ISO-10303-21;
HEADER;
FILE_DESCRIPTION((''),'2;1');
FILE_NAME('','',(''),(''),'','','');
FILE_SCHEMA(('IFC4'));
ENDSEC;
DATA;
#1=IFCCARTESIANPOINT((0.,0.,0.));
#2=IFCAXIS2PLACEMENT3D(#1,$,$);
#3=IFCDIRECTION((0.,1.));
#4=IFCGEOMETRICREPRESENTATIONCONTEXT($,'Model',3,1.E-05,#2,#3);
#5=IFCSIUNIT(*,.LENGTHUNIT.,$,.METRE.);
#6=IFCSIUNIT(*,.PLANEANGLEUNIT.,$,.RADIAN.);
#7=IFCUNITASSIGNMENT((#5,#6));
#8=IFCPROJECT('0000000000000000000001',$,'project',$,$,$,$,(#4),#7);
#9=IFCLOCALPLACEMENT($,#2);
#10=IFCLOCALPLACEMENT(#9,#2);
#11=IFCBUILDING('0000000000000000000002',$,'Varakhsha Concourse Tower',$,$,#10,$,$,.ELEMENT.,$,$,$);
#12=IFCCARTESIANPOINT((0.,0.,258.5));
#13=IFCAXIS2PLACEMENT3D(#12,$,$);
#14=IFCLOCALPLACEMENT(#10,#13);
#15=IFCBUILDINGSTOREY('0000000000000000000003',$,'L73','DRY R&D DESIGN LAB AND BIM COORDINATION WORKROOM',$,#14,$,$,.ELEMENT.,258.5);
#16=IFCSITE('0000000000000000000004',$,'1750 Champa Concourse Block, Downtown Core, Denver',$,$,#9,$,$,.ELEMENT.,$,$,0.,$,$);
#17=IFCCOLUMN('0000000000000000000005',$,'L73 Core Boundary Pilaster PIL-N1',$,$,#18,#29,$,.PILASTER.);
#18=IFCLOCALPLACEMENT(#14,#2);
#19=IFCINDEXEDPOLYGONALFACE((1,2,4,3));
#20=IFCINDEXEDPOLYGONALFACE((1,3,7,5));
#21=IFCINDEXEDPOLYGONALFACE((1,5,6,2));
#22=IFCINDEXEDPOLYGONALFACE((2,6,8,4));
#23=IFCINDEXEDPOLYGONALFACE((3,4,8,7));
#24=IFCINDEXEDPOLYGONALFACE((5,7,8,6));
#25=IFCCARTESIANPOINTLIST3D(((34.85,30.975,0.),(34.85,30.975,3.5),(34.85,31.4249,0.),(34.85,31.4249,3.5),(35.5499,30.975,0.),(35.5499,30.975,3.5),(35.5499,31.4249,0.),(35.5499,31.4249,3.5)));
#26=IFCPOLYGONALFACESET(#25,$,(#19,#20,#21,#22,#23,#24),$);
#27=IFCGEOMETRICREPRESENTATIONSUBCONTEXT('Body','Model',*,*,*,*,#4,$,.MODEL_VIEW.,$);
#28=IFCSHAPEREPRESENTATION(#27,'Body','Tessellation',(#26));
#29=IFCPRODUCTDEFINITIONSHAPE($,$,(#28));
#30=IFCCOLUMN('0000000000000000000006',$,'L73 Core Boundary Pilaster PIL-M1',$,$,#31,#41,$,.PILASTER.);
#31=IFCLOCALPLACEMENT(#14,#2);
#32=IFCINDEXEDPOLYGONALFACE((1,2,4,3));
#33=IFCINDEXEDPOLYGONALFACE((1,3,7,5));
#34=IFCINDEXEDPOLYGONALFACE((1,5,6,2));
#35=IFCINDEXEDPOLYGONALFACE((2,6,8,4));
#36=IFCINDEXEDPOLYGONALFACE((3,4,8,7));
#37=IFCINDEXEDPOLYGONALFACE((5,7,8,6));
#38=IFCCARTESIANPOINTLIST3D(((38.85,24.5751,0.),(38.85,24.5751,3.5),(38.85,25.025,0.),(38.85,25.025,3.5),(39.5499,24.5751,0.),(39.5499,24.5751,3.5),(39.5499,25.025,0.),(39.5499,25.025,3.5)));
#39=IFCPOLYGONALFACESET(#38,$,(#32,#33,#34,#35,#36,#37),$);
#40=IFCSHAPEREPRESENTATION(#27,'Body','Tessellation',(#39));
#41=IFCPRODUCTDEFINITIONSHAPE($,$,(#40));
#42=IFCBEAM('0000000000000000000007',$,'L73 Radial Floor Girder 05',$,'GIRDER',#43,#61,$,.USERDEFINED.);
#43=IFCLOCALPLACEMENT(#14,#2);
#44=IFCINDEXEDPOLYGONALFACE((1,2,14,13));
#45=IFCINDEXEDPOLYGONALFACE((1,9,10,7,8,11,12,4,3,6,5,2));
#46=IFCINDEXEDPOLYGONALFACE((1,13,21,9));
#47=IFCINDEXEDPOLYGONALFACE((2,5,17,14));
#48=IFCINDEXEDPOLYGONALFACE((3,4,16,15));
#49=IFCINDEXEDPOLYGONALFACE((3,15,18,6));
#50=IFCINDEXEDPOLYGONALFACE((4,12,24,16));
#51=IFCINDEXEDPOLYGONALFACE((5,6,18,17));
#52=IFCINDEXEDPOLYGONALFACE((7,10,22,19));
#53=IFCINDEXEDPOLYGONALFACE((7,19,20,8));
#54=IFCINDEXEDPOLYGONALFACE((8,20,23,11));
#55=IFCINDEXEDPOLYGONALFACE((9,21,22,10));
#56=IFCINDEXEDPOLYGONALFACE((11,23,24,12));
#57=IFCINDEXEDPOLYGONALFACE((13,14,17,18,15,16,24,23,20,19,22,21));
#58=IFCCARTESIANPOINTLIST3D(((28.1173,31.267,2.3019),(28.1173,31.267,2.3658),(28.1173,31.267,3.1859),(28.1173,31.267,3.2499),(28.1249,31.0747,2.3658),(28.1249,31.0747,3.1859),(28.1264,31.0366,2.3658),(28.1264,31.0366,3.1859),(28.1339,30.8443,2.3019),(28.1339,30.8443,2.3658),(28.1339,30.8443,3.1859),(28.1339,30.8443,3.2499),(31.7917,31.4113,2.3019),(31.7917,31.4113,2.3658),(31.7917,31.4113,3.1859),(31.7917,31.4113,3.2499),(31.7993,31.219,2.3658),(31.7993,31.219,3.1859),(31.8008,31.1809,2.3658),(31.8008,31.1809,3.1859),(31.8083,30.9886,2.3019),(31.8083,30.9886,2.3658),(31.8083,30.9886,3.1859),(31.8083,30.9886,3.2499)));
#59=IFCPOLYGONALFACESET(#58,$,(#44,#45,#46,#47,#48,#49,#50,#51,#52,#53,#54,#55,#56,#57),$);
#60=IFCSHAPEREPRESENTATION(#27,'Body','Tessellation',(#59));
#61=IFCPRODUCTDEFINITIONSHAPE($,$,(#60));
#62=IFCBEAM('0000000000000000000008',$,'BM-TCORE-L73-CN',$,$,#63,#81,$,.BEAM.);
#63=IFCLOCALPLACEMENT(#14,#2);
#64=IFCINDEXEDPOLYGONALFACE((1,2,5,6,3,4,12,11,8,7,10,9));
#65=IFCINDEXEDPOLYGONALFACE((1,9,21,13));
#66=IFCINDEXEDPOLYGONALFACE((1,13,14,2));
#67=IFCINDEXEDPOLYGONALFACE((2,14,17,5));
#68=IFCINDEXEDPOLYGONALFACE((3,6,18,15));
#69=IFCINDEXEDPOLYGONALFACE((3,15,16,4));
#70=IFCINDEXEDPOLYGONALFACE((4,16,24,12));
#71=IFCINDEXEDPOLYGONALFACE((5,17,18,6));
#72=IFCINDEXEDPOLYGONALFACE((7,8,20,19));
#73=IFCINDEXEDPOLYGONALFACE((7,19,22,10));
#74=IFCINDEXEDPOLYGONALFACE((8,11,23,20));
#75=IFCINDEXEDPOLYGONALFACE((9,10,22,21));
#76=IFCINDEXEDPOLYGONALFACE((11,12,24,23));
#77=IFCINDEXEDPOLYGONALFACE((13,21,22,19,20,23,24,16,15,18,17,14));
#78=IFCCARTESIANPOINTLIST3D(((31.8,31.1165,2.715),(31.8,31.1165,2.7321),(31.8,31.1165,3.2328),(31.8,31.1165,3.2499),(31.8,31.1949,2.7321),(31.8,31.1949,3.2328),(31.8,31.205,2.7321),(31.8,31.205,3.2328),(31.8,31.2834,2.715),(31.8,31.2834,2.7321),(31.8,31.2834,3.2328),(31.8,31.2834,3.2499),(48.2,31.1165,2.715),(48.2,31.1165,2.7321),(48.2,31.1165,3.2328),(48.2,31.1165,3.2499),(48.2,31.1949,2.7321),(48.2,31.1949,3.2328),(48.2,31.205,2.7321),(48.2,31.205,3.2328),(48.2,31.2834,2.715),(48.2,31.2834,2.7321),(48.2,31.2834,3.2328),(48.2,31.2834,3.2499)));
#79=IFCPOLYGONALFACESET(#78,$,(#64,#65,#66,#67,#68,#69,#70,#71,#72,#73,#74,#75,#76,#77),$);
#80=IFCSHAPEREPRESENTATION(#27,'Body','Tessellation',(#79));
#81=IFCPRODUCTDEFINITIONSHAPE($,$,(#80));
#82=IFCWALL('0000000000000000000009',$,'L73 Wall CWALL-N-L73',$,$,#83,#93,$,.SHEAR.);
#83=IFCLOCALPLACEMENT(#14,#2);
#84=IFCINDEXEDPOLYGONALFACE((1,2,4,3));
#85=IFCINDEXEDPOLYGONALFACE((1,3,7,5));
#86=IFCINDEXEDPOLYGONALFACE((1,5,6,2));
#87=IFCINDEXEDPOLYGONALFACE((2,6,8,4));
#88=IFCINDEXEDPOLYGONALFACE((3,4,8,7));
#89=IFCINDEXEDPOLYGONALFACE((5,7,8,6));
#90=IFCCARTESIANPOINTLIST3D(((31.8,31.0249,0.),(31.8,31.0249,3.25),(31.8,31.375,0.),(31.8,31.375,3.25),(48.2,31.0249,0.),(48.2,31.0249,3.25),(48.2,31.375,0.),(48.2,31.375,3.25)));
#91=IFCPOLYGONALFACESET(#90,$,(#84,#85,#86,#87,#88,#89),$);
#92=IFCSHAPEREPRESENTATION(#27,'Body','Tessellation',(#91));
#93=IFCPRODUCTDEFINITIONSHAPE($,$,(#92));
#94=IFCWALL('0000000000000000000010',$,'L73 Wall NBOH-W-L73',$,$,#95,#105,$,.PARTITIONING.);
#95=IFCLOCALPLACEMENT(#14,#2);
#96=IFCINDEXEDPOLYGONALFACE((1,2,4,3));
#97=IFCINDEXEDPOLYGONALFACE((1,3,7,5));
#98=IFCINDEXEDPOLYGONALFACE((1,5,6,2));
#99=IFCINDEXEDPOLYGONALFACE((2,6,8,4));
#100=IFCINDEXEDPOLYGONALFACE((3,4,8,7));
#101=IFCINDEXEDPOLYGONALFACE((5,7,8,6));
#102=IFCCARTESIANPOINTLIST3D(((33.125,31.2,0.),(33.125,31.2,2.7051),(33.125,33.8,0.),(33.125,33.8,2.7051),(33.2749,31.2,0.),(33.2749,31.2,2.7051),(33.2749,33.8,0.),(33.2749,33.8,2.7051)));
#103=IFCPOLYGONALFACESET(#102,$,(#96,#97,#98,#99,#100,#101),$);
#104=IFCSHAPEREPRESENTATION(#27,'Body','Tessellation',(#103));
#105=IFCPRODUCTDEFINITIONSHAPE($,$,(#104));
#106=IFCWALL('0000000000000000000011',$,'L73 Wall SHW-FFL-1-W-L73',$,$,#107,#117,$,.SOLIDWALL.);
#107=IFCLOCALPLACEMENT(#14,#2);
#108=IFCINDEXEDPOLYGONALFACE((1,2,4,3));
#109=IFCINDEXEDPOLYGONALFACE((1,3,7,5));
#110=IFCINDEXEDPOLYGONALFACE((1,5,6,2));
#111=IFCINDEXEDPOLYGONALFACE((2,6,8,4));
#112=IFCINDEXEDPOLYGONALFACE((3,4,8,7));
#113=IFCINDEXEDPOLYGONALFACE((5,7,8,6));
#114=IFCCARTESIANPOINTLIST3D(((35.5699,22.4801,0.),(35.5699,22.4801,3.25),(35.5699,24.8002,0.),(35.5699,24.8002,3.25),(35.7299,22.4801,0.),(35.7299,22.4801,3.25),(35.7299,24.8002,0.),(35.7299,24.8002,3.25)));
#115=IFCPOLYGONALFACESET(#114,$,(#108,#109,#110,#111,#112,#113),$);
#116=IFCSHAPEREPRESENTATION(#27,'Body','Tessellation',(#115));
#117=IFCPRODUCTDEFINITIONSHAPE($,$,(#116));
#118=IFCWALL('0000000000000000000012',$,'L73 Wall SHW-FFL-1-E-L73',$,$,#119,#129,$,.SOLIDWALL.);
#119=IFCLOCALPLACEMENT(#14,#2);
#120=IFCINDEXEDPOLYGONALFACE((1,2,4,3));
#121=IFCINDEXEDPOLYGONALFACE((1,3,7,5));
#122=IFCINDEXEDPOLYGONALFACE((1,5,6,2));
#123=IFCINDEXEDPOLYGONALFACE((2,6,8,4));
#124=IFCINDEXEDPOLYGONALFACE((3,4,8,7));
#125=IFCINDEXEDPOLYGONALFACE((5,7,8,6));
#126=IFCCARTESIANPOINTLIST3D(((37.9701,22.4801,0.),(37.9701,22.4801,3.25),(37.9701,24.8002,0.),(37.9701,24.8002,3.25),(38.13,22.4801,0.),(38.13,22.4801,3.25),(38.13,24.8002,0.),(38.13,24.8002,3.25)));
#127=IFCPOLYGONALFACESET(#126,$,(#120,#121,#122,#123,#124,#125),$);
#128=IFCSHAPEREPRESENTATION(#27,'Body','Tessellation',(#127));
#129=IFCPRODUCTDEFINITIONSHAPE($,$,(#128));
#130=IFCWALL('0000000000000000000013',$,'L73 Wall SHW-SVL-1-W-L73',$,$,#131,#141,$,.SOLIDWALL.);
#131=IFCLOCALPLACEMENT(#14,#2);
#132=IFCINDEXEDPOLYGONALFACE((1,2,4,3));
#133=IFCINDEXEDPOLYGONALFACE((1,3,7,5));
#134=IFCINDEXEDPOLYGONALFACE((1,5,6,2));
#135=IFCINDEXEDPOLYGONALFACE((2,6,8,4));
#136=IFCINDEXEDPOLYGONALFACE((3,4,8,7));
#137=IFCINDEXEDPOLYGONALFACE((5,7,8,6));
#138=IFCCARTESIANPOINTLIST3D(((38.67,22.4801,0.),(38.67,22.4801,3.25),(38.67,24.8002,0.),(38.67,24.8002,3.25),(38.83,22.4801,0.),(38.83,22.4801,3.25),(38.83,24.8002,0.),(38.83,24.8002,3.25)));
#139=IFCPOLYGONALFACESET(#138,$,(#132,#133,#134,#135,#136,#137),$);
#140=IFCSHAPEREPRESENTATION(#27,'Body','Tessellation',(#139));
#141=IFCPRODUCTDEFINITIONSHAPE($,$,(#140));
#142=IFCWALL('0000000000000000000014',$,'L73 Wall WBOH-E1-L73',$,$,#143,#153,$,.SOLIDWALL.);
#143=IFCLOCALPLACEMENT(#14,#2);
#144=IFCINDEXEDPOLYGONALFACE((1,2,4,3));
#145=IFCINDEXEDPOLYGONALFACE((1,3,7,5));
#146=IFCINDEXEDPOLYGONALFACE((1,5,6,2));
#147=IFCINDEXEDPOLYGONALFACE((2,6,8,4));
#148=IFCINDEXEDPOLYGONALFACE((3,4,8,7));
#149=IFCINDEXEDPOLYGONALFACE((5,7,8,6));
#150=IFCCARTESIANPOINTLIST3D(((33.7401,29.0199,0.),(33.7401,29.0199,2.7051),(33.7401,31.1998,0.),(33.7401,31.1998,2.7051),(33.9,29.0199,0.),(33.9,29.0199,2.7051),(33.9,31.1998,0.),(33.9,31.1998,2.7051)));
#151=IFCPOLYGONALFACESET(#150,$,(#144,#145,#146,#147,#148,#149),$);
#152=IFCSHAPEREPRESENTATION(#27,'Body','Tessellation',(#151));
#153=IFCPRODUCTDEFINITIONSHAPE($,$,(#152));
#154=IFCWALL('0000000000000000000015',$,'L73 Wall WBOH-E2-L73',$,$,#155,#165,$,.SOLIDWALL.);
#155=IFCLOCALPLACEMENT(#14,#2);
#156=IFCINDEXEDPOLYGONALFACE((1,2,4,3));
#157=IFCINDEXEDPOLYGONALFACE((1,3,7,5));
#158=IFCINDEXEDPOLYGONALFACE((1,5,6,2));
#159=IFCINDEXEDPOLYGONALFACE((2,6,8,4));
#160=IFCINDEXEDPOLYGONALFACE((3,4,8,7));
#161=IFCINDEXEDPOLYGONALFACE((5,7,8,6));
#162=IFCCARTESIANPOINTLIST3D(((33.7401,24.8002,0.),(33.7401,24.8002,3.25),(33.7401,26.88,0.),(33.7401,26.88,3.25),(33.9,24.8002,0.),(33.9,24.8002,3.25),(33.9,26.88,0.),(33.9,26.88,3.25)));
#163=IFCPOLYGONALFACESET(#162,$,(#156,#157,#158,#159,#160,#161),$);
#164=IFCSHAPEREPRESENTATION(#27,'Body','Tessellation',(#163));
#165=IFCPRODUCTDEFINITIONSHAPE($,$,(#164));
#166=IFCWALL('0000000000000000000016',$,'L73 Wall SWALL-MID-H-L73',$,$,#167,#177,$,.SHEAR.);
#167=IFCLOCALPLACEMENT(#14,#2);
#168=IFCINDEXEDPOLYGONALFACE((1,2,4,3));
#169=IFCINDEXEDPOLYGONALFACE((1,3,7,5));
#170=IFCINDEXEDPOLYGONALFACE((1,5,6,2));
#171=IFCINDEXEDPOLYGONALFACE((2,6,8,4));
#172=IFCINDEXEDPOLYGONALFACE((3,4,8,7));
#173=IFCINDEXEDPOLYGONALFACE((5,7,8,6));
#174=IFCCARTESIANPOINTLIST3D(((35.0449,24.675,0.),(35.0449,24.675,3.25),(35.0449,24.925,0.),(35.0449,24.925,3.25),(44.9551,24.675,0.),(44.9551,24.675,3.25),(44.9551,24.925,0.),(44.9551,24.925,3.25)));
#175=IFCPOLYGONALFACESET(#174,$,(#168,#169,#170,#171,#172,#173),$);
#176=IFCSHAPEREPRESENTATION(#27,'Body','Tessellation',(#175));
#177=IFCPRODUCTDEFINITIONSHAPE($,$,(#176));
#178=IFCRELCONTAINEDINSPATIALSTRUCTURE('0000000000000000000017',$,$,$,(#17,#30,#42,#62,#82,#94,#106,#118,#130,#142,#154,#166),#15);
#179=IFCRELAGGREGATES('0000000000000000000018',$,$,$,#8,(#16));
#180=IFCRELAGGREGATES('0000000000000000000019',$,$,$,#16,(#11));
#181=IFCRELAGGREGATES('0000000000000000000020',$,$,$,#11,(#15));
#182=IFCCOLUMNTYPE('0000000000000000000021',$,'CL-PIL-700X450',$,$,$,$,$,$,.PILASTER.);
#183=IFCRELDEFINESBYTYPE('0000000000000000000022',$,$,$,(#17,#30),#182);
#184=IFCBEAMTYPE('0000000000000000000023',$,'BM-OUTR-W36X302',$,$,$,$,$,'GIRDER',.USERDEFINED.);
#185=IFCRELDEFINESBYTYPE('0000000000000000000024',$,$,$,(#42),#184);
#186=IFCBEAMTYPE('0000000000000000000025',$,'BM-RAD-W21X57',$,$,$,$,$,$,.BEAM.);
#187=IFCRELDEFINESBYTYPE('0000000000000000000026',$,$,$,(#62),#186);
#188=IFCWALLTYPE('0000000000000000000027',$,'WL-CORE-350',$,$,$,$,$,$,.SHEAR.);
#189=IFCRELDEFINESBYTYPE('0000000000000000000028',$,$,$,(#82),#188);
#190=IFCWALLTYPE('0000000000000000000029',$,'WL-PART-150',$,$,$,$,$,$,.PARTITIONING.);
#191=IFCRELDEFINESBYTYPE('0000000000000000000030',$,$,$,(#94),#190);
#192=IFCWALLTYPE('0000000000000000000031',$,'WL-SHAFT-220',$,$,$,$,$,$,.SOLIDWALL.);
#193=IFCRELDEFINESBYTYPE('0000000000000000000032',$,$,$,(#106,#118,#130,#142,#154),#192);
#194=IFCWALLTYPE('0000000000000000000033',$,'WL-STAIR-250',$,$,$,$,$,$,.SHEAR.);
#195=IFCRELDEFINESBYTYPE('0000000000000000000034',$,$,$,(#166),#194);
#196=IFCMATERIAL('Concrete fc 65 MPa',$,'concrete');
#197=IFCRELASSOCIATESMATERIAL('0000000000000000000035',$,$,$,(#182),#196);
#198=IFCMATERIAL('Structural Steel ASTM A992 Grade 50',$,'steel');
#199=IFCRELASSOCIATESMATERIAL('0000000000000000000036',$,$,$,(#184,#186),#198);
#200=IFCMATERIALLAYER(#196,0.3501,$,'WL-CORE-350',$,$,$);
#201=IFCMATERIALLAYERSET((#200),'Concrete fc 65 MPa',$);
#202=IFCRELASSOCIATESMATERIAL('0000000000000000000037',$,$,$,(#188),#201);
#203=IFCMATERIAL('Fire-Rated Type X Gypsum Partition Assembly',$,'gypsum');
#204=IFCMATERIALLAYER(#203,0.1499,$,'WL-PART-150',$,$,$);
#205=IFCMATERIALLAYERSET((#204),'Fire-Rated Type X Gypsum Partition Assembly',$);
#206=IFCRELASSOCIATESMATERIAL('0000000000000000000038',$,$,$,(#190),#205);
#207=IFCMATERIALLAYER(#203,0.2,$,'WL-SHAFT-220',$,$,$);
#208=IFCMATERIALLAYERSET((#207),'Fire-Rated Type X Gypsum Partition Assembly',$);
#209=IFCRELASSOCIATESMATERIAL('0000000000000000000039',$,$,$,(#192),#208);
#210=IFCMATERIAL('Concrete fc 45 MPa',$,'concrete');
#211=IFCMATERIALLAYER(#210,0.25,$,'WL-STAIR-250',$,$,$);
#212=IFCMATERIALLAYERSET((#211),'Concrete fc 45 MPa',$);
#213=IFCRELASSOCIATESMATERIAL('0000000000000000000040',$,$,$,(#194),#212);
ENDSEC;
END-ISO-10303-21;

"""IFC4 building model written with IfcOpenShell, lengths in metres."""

from ifc_helpers import new_model, si_unit, direction, frame, frame_2d, origin, origin_2d, place, context, subcontext, project, spatial, rectangle, i_section, extrude, material, layer, layer_set, material_profile, profile_set, type_object, element, save


model = new_model("IFC4")

# Units and contexts
model_context = context("Model", 3, precision=1e-05, world=origin(), true_north=direction((0.0, 1.0)))
body_context = subcontext(model_context, "Body", "Model", "MODEL_VIEW")
ifc_project = project(units=[si_unit("LENGTHUNIT", "METRE"), si_unit("PLANEANGLEUNIT", "RADIAN")], contexts=[model_context])

# Site, building, storey
site_placement = place(None, origin())
site = spatial("IfcSite", under=ifc_project, at=site_placement, Name="1750 Champa Concourse Block, Downtown Core, Denver", CompositionType="ELEMENT", RefElevation=0.0)
building_placement = place(site_placement, origin())
building = spatial("IfcBuilding", under=site, at=building_placement, Name="Varakhsha Concourse Tower", CompositionType="ELEMENT")
storey_placement = place(building_placement, frame((0.0, 0.0, 258.5)))
storey = spatial("IfcBuildingStorey", under=building, at=storey_placement, Name="L73", Description="DRY R&D DESIGN LAB AND BIM COORDINATION WORKROOM", CompositionType="ELEMENT", Elevation=258.5)

# Columns
ifc_material_1 = material(Name="Concrete fc 65 MPa", Category="concrete")
ifc_material_profile_1 = material_profile(ifc_material_1, rectangle(XDim=0.7, YDim=0.45, at=origin_2d()), Name="RC 700x450")
ifc_profile_set_1 = profile_set([ifc_material_profile_1], Name="Concrete fc 65 MPa")
column_type = type_object("IfcColumnType", Name="CL-PIL-700X450", PredefinedType="PILASTER", material=ifc_profile_set_1)
for number, where, z_axis, x_axis, name in (
    (1, (35.2, 31.2, 0.0), (0.0, 0.0, 1.0), (1.0, 0.0, 0.0), "L73 Core Boundary Pilaster PIL-N1"),
    (2, (39.2, 24.8, 0.0), (0.0, 0.0, 1.0), (1.0, 0.0, 0.0), "L73 Core Boundary Pilaster PIL-M1"),
):
    element("IfcColumn", number, at=place(storey_placement, frame(where, z_axis=z_axis, x_axis=x_axis)), inside=storey, type_object=column_type, Name=name, PredefinedType="PILASTER", context=body_context, shape_type="SweptSolid", body=[
        extrude(rectangle(XDim=0.7, YDim=0.45, at=origin_2d()), origin(), (0.0, 0.0, 1.0), 3.5),
    ])

# Beams
ifc_material_2 = material(Name="Structural Steel ASTM A992 Grade 50", Category="steel")
ifc_material_profile_2 = material_profile(ifc_material_2, i_section(OverallWidth=0.4231, OverallDepth=0.948, WebThickness=0.0381, FlangeThickness=0.064, at=origin_2d()), Name="W36X302")
ifc_profile_set_2 = profile_set([ifc_material_profile_2], Name="Structural Steel ASTM A992 Grade 50")
beam_type_1 = type_object("IfcBeamType", Name="BM-OUTR-W36X302", ElementType="GIRDER", PredefinedType="USERDEFINED", material=ifc_profile_set_2)
beam_1_placement = place(storey_placement, frame((31.8, 31.2, 2.7759), z_axis=(-0.99923, -0.039239, 0.0), x_axis=(0.039239, -0.99923, 0.0)))
element("IfcBeam", 3, at=beam_1_placement, inside=storey, type_object=beam_type_1, Name="L73 Radial Floor Girder 05", ObjectType="GIRDER", PredefinedType="USERDEFINED", context=body_context, shape_type="SweptSolid", body=[
    extrude(i_section(OverallWidth=0.4231, OverallDepth=0.948, WebThickness=0.0381, FlangeThickness=0.064, at=origin_2d()), origin(), (0.0, 0.0, 1.0), 3.6772),
])
ifc_material_profile_3 = material_profile(ifc_material_2, i_section(OverallWidth=0.167, OverallDepth=0.5349, WebThickness=0.01, FlangeThickness=0.0171, at=origin_2d()), Name="W21X57")
ifc_profile_set_3 = profile_set([ifc_material_profile_3], Name="Structural Steel ASTM A992 Grade 50")
beam_type_2 = type_object("IfcBeamType", Name="BM-RAD-W21X57", PredefinedType="BEAM", material=ifc_profile_set_3)
beam_2_placement = place(storey_placement, frame((31.8, 31.2, 2.9824), z_axis=(1.0, 0.0, 0.0), x_axis=(0.0, 1.0, 0.0)))
element("IfcBeam", 4, at=beam_2_placement, inside=storey, type_object=beam_type_2, Name="BM-TCORE-L73-CN", PredefinedType="BEAM", context=body_context, shape_type="SweptSolid", body=[
    extrude(i_section(OverallWidth=0.167, OverallDepth=0.5349, WebThickness=0.01, FlangeThickness=0.0171, at=origin_2d()), origin(), (0.0, 0.0, 1.0), 16.3999),
])

# Walls
ifc_layer_1 = layer(ifc_material_1, 0.3501, Name="WL-CORE-350")
ifc_layer_set_1 = layer_set([ifc_layer_1], Name="Concrete fc 65 MPa")
wall_type_1 = type_object("IfcWallType", Name="WL-CORE-350", PredefinedType="SHEAR", material=ifc_layer_set_1)
wall_1_placement = place(storey_placement, frame((31.8, 31.2, 0.0), z_axis=(0.0, 0.0, 1.0), x_axis=(1.0, 0.0, 0.0)))
element("IfcWall", 5, at=wall_1_placement, inside=storey, type_object=wall_type_1, Name="L73 Wall CWALL-N-L73", PredefinedType="SHEAR", context=body_context, shape_type="SweptSolid", body=[
    extrude(rectangle(XDim=16.3999, YDim=0.3501, at=frame_2d((8.2, 0.0))), origin(), (0.0, 0.0, 1.0), 3.25),
])
ifc_material_3 = material(Name="Fire-Rated Type X Gypsum Partition Assembly", Category="gypsum")
ifc_layer_2 = layer(ifc_material_3, 0.1499, Name="WL-PART-150")
ifc_layer_set_2 = layer_set([ifc_layer_2], Name="Fire-Rated Type X Gypsum Partition Assembly")
wall_type_2 = type_object("IfcWallType", Name="WL-PART-150", PredefinedType="PARTITIONING", material=ifc_layer_set_2)
wall_2_placement = place(storey_placement, frame((33.2, 31.2, 0.0), z_axis=(0.0, 0.0, 1.0), x_axis=(0.0, 1.0, 0.0)))
element("IfcWall", 6, at=wall_2_placement, inside=storey, type_object=wall_type_2, Name="L73 Wall NBOH-W-L73", PredefinedType="PARTITIONING", context=body_context, shape_type="SweptSolid", body=[
    extrude(rectangle(XDim=2.6001, YDim=0.1499, at=frame_2d((1.3, 0.0))), origin(), (0.0, 0.0, 1.0), 2.7051),
])

# Shared definitions
ifc_layer_3 = layer(ifc_material_3, 0.2, Name="WL-SHAFT-220")
ifc_layer_set_3 = layer_set([ifc_layer_3], Name="Fire-Rated Type X Gypsum Partition Assembly")
wall_type_3 = type_object("IfcWallType", Name="WL-SHAFT-220", PredefinedType="SOLIDWALL", material=ifc_layer_set_3)

# Walls
for number, where, z_axis, x_axis, name in (
    (7, (35.6499, 22.48, 0.0), (0.0, 0.0, 1.0), (0.0, 1.0, 0.0), "L73 Wall SHW-FFL-1-W-L73"),
    (8, (38.05, 22.48, 0.0), (0.0, 0.0, 1.0), (0.0, 1.0, 0.0), "L73 Wall SHW-FFL-1-E-L73"),
    (9, (38.75, 22.48, 0.0), (0.0, 0.0, 1.0), (0.0, 1.0, 0.0), "L73 Wall SHW-SVL-1-W-L73"),
):
    element("IfcWall", number, at=place(storey_placement, frame(where, z_axis=z_axis, x_axis=x_axis)), inside=storey, type_object=wall_type_3, Name=name, PredefinedType="SOLIDWALL", context=body_context, shape_type="SweptSolid", body=[
        extrude(rectangle(XDim=2.3201, YDim=0.1599, at=frame_2d((1.1602, 0.0))), origin(), (0.0, 0.0, 1.0), 3.25),
    ])
wall_3_placement = place(storey_placement, frame((33.8201, 29.02, 0.0), z_axis=(0.0, 0.0, 1.0), x_axis=(0.0, 1.0, 0.0)))
element("IfcWall", 10, at=wall_3_placement, inside=storey, type_object=wall_type_3, Name="L73 Wall WBOH-E1-L73", PredefinedType="SOLIDWALL", context=body_context, shape_type="SweptSolid", body=[
    extrude(rectangle(XDim=2.1799, YDim=0.1599, at=frame_2d((1.0898, 0.0))), origin(), (0.0, 0.0, 1.0), 2.7051),
])
wall_4_placement = place(storey_placement, frame((33.8201, 24.8, 0.0), z_axis=(0.0, 0.0, 1.0), x_axis=(0.0, 1.0, 0.0)))
element("IfcWall", 11, at=wall_4_placement, inside=storey, type_object=wall_type_3, Name="L73 Wall WBOH-E2-L73", PredefinedType="SOLIDWALL", context=body_context, shape_type="SweptSolid", body=[
    extrude(rectangle(XDim=2.0798, YDim=0.1599, at=frame_2d((1.04, 0.0))), origin(), (0.0, 0.0, 1.0), 3.25),
])
ifc_material_4 = material(Name="Concrete fc 45 MPa", Category="concrete")
ifc_layer_4 = layer(ifc_material_4, 0.25, Name="WL-STAIR-250")
ifc_layer_set_4 = layer_set([ifc_layer_4], Name="Concrete fc 45 MPa")
wall_type_4 = type_object("IfcWallType", Name="WL-STAIR-250", PredefinedType="SHEAR", material=ifc_layer_set_4)
wall_5_placement = place(storey_placement, frame((35.0449, 24.8, 0.0), z_axis=(0.0, 0.0, 1.0), x_axis=(1.0, 0.0, 0.0)))
element("IfcWall", 12, at=wall_5_placement, inside=storey, type_object=wall_type_4, Name="L73 Wall SWALL-MID-H-L73", PredefinedType="SHEAR", context=body_context, shape_type="SweptSolid", body=[
    extrude(rectangle(XDim=9.9102, YDim=0.25, at=frame_2d((4.9551, 0.0))), origin(), (0.0, 0.0, 1.0), 3.25),
])

save(model, "model.ifc")
